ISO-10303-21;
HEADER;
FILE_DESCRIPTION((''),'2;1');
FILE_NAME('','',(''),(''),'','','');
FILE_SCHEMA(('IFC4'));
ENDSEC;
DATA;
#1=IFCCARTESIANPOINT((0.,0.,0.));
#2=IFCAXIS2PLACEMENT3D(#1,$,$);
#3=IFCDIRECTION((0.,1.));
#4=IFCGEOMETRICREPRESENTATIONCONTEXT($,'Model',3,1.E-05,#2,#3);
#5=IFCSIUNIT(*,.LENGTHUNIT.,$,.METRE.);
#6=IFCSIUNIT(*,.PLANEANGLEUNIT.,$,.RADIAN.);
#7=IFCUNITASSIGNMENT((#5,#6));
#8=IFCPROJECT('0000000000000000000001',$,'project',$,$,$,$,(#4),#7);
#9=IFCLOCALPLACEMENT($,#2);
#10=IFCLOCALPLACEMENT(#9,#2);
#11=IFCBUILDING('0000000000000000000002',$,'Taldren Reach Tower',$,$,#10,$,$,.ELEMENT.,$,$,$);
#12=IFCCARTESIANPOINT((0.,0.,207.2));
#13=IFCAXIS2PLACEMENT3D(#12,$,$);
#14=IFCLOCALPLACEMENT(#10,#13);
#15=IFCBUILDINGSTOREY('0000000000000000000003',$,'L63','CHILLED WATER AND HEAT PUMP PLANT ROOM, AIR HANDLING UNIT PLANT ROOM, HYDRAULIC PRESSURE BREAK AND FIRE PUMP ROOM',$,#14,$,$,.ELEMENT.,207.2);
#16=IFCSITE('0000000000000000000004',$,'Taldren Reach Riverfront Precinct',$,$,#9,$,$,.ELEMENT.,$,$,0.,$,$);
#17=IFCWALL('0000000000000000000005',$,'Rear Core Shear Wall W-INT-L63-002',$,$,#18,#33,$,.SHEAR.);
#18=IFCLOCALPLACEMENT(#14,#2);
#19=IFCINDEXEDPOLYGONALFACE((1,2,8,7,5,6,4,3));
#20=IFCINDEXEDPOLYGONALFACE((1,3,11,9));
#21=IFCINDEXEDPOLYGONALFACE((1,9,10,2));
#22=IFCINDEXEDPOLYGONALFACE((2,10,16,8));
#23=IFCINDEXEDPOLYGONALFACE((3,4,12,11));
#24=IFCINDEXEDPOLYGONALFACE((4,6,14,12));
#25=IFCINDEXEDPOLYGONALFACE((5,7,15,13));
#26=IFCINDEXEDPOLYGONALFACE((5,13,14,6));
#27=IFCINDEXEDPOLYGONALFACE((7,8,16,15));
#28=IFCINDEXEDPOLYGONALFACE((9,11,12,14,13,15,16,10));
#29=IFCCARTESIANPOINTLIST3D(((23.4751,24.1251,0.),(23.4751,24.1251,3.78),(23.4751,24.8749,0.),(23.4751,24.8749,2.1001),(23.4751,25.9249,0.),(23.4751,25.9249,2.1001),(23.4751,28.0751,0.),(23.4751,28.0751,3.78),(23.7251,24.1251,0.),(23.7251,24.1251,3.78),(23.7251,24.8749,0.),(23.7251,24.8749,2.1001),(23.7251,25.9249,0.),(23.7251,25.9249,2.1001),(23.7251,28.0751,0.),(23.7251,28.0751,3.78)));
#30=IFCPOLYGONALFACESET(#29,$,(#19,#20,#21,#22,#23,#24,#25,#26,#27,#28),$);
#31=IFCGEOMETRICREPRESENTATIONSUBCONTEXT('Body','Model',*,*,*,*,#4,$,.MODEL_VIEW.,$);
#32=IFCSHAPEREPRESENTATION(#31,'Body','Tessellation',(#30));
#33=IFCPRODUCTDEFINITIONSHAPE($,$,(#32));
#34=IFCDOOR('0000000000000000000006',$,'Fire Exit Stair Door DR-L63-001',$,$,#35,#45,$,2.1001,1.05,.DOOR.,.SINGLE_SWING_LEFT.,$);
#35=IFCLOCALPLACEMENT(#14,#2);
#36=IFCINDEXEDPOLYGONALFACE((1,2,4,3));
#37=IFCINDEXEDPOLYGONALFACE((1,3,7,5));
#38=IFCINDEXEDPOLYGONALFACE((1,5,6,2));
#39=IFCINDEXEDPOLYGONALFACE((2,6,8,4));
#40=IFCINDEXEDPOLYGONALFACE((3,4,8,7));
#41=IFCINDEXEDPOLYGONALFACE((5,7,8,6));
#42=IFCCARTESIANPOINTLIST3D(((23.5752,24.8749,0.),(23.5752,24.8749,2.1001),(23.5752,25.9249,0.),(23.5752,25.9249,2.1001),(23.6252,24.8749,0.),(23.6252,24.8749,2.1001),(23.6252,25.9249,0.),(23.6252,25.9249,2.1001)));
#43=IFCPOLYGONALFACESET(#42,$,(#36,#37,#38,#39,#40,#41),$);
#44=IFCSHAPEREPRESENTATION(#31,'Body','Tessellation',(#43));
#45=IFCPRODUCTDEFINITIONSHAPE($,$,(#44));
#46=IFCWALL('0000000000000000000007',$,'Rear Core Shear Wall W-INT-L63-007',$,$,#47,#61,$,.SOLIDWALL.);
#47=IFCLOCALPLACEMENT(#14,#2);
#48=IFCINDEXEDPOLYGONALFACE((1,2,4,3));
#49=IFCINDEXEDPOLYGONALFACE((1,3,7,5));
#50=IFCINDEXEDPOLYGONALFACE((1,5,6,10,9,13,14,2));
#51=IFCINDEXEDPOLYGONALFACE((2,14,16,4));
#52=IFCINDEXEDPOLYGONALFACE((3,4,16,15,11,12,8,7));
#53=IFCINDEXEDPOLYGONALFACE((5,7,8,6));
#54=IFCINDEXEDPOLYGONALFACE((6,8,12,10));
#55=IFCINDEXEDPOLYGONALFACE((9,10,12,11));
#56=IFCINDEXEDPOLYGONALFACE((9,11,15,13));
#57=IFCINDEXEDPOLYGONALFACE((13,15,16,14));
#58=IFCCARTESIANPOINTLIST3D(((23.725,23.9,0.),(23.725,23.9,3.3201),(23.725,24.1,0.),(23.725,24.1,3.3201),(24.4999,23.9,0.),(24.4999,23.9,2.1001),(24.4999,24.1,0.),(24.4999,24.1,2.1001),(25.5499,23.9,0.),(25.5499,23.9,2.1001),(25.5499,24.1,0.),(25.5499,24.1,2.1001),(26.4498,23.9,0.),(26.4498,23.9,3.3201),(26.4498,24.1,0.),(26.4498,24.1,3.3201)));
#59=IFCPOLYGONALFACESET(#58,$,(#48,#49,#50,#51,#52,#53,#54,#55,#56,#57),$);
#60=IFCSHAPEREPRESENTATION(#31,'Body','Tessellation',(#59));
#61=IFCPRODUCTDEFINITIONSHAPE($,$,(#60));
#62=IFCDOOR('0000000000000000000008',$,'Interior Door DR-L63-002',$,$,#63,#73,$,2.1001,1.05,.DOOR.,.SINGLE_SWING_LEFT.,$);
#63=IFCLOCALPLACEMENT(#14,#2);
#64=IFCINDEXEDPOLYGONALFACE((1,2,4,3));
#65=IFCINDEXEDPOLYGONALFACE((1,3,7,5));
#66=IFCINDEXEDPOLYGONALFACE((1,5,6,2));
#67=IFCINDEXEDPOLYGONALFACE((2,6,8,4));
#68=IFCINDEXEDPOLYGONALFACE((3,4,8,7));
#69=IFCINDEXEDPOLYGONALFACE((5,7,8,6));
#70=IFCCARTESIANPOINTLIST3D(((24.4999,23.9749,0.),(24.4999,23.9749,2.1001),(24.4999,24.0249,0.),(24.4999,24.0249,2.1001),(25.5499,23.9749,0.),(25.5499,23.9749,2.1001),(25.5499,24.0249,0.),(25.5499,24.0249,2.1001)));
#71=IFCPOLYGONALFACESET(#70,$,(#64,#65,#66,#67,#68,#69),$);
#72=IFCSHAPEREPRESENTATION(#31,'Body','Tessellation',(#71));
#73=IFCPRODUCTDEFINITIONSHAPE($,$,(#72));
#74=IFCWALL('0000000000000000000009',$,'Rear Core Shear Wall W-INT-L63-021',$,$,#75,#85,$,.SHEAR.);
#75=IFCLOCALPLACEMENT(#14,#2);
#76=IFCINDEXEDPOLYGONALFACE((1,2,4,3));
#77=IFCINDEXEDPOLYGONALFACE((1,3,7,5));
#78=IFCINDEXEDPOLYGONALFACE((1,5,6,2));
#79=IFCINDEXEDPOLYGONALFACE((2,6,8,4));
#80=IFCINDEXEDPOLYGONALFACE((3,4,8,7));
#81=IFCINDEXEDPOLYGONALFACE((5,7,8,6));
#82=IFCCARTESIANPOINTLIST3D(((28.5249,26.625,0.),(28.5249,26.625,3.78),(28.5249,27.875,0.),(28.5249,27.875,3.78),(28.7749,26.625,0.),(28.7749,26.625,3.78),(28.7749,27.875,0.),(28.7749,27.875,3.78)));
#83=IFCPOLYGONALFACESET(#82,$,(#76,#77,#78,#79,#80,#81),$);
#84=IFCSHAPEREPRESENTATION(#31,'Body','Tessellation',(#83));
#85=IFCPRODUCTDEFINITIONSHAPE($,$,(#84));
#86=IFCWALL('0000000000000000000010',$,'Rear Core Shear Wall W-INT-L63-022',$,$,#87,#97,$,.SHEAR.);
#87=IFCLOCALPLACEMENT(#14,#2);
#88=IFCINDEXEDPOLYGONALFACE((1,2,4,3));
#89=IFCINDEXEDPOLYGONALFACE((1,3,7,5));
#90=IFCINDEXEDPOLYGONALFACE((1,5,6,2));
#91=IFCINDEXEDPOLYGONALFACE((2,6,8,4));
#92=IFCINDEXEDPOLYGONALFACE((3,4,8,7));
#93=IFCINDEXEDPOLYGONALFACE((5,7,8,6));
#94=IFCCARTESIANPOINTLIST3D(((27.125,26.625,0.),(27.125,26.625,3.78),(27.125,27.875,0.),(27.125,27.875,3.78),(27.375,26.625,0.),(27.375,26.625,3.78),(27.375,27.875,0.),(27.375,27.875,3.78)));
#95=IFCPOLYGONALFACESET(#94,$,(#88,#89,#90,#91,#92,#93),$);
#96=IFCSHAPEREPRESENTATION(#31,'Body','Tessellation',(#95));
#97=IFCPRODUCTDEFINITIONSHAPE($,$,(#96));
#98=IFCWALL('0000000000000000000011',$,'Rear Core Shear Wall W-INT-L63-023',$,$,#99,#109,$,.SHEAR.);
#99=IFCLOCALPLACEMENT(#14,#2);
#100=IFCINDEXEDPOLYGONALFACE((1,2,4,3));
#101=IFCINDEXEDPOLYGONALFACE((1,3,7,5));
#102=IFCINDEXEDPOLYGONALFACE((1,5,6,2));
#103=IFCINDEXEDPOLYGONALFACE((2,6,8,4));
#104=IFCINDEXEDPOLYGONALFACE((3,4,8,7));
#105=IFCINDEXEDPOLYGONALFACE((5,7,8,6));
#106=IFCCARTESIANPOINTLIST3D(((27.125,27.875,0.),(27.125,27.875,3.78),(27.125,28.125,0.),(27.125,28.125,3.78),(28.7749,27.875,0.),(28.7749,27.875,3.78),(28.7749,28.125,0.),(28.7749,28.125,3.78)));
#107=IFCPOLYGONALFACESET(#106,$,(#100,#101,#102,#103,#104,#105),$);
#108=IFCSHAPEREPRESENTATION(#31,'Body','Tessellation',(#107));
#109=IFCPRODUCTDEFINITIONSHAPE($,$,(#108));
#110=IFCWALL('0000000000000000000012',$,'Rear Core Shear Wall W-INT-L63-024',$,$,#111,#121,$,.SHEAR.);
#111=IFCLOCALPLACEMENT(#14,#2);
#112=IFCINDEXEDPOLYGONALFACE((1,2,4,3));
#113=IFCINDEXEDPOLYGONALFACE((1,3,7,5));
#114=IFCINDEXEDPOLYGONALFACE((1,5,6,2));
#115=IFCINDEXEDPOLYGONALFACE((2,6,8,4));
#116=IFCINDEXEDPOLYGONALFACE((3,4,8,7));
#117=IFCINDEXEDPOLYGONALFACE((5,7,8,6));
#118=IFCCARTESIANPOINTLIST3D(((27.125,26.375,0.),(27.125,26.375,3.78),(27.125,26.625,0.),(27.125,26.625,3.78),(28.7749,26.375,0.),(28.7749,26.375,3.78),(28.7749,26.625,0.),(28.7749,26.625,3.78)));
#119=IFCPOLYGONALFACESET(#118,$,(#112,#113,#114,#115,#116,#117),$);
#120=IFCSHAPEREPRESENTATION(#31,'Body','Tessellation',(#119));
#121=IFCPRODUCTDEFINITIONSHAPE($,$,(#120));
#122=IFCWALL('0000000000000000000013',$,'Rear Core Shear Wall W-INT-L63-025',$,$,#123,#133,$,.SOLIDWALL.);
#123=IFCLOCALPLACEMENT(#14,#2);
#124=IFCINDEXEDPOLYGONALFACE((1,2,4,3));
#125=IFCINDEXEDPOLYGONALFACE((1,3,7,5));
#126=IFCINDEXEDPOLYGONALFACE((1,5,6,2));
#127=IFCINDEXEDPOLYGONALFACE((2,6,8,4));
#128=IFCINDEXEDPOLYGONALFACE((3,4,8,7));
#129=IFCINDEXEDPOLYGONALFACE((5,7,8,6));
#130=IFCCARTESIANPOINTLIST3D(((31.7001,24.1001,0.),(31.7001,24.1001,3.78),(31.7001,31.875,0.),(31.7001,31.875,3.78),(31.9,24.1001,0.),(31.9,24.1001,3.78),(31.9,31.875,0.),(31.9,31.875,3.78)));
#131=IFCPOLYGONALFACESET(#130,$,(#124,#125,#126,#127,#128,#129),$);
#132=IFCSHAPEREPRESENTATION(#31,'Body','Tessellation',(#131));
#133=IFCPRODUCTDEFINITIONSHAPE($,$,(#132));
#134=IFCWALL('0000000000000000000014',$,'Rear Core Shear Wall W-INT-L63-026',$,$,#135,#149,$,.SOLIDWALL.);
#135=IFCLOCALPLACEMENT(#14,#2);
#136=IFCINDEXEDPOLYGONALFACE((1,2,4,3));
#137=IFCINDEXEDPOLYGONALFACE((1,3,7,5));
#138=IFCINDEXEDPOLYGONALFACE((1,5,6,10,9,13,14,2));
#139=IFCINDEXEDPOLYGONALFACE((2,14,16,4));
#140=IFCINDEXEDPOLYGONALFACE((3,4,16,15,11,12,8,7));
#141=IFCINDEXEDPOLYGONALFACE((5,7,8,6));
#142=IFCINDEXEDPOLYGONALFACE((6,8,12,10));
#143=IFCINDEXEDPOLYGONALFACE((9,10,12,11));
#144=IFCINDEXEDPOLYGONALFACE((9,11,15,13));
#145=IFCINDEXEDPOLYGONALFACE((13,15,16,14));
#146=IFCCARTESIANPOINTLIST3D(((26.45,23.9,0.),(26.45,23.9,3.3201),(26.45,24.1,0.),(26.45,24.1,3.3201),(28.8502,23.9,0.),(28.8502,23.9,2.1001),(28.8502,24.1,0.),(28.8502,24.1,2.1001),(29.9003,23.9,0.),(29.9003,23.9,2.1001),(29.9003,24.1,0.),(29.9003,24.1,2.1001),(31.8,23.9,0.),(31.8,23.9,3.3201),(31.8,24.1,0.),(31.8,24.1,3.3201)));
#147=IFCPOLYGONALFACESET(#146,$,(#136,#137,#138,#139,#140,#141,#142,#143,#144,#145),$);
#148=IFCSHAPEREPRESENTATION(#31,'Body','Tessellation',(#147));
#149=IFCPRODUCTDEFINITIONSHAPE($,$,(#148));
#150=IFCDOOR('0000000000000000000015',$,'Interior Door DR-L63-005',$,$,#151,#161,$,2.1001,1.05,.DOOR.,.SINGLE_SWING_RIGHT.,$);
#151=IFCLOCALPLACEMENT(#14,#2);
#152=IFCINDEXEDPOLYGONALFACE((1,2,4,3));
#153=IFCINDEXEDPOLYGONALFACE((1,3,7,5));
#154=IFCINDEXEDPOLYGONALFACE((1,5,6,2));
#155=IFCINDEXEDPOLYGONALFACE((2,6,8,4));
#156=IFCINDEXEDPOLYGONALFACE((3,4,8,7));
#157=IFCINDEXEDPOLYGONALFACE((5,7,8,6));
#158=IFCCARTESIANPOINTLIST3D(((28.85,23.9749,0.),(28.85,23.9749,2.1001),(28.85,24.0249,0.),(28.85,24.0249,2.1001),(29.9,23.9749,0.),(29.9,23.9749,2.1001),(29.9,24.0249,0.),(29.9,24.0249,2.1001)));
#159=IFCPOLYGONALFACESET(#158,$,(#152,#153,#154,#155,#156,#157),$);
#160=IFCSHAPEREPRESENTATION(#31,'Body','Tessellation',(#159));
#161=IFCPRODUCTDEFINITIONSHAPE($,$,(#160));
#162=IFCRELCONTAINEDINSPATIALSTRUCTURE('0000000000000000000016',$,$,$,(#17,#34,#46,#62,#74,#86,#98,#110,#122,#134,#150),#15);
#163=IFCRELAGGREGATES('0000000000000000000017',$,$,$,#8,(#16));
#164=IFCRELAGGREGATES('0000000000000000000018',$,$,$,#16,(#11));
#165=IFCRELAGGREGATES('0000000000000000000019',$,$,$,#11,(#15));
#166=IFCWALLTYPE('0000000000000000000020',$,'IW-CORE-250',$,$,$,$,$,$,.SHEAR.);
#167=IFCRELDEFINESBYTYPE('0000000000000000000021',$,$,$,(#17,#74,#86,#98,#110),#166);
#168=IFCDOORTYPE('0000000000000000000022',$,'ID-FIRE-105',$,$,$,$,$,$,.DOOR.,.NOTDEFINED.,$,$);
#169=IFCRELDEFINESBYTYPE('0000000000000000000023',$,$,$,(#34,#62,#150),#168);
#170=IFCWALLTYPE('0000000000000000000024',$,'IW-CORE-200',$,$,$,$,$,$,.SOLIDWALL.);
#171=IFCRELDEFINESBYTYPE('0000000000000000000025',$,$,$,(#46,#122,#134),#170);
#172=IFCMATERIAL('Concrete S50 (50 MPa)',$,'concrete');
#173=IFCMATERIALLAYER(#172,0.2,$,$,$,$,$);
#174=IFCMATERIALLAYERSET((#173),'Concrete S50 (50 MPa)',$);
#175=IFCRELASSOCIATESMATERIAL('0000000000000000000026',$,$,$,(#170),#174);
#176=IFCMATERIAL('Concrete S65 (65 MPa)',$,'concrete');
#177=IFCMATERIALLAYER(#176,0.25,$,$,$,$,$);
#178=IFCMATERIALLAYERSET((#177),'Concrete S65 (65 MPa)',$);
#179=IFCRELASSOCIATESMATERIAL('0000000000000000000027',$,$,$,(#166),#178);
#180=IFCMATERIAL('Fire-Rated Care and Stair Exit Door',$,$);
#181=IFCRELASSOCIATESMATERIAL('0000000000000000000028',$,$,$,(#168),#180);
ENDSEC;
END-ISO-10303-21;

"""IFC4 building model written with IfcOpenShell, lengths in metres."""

from ifc_helpers import new_model, si_unit, direction, frame, frame_2d, origin, place, context, subcontext, project, spatial, rectangle, extrude, source, transform, mapped, material, layer, layer_set, type_object, element, fill, save


model = new_model("IFC4")

# Units and contexts
model_context = context("Model", 3, precision=1e-05, world=origin(), true_north=direction((0.0, 1.0)))
body_context = subcontext(model_context, "Body", "Model", "MODEL_VIEW")
ifc_project = project(units=[si_unit("LENGTHUNIT", "METRE"), si_unit("PLANEANGLEUNIT", "RADIAN")], contexts=[model_context])

# Site, building, storey
site_placement = place(None, origin())
site = spatial("IfcSite", under=ifc_project, at=site_placement, Name="Taldren Reach Riverfront Precinct", CompositionType="ELEMENT", RefElevation=0.0)
building_placement = place(site_placement, origin())
building = spatial("IfcBuilding", under=site, at=building_placement, Name="Taldren Reach Tower", CompositionType="ELEMENT")
storey_placement = place(building_placement, frame((0.0, 0.0, 207.2)))
storey = spatial("IfcBuildingStorey", under=building, at=storey_placement, Name="L63", Description="CHILLED WATER AND HEAT PUMP PLANT ROOM, AIR HANDLING UNIT PLANT ROOM, HYDRAULIC PRESSURE BREAK AND FIRE PUMP ROOM", CompositionType="ELEMENT", Elevation=207.2)

# Shared definitions
ifc_material_1 = material(Name="Concrete S50 (50 MPa)", Category="concrete")
ifc_layer_1 = layer(ifc_material_1, 0.2)
ifc_layer_set_1 = layer_set([ifc_layer_1], Name="Concrete S50 (50 MPa)")
wall_type_1 = type_object("IfcWallType", Name="IW-CORE-200", PredefinedType="SOLIDWALL", material=ifc_layer_set_1)
ifc_material_2 = material(Name="Concrete S65 (65 MPa)", Category="concrete")
ifc_layer_2 = layer(ifc_material_2, 0.25)
ifc_layer_set_2 = layer_set([ifc_layer_2], Name="Concrete S65 (65 MPa)")
wall_type_2 = type_object("IfcWallType", Name="IW-CORE-250", PredefinedType="SHEAR", material=ifc_layer_set_2)

# Walls, openings, doors
shared_shape_1 = source(origin(), body_context, "Body", "SweptSolid", [
    extrude(rectangle(XDim=3.95, YDim=0.25, at=frame_2d((1.9751, 0.0))), origin(), (0.0, 0.0, 1.0), 3.78),
])
wall_1_placement = place(storey_placement, frame((23.6001, 24.125, 0.0), z_axis=(0.0, 0.0, 1.0), x_axis=(0.0, 1.0, 0.0)))
wall_1 = element("IfcWall", 1, at=wall_1_placement, inside=storey, type_object=wall_type_2, Name="Rear Core Shear Wall W-INT-L63-002", PredefinedType="SHEAR", context=body_context, shape_type="MappedRepresentation", body=[
    mapped(shared_shape_1, transform((0.0, 0.0, 0.0), scale=1.0)),
])
shared_shape_2 = source(origin(), body_context, "Body", "SweptSolid", [
    extrude(rectangle(XDim=1.05, YDim=2.1001, at=frame_2d((0.5249, 1.05))), frame((0.0, 0.135, 0.0), z_axis=(0.0, -1.0, 0.0), x_axis=(1.0, 0.0, 0.0)), (0.0, 0.0, 1.0), 0.27),
])
opening_1_placement = place(wall_1_placement, frame((0.75, 0.0, 0.0)))
opening_1 = element("IfcOpeningElement", 2, at=opening_1_placement, cuts=wall_1, PredefinedType="OPENING", context=body_context, shape_type="MappedRepresentation", body=[
    mapped(shared_shape_2, transform((0.0, 0.0, 0.0), scale=1.0)),
])
ifc_material_3 = material(Name="Fire-Rated Care and Stair Exit Door")
door_type_1 = type_object("IfcDoorType", Name="ID-FIRE-105", OperationType="NOTDEFINED", PredefinedType="DOOR", material=ifc_material_3)
shared_shape_3 = source(origin(), body_context, "Body", "SweptSolid", [
    extrude(rectangle(XDim=1.05, YDim=2.1001, at=frame_2d((0.5249, 1.05))), frame((0.0, 0.0249, 0.0), z_axis=(0.0, -1.0, 0.0), x_axis=(1.0, 0.0, 0.0)), (0.0, 0.0, 1.0), 0.05),
])
door_1_placement = place(opening_1_placement, origin())
door_1 = element("IfcDoor", 3, at=door_1_placement, inside=storey, type_object=door_type_1, Name="Fire Exit Stair Door DR-L63-001", OperationType="SINGLE_SWING_LEFT", OverallHeight=2.1001, OverallWidth=1.05, PredefinedType="DOOR", context=body_context, shape_type="MappedRepresentation", body=[
    mapped(shared_shape_3, transform((0.0, 0.0, 0.0), scale=1.0)),
])
fill(opening_1, door_1)
shared_shape_4 = source(origin(), body_context, "Body", "SweptSolid", [
    extrude(rectangle(XDim=2.7249, YDim=0.2, at=frame_2d((1.3623, 0.0))), origin(), (0.0, 0.0, 1.0), 3.3201),
])
wall_2_placement = place(storey_placement, frame((23.7251, 24.0, 0.0), z_axis=(0.0, 0.0, 1.0), x_axis=(1.0, 0.0, 0.0)))
wall_2 = element("IfcWall", 4, at=wall_2_placement, inside=storey, type_object=wall_type_1, Name="Rear Core Shear Wall W-INT-L63-007", PredefinedType="SOLIDWALL", context=body_context, shape_type="MappedRepresentation", body=[
    mapped(shared_shape_4, transform((0.0, 0.0, 0.0), scale=1.0)),
])
shared_shape_5 = source(origin(), body_context, "Body", "SweptSolid", [
    extrude(rectangle(XDim=1.05, YDim=2.1001, at=frame_2d((0.5249, 1.05))), frame((0.0, 0.1099, 0.0), z_axis=(0.0, -1.0, 0.0), x_axis=(1.0, 0.0, 0.0)), (0.0, 0.0, 1.0), 0.22),
])
opening_2_placement = place(wall_2_placement, frame((0.7749, 0.0, 0.0)))
opening_2 = element("IfcOpeningElement", 5, at=opening_2_placement, cuts=wall_2, PredefinedType="OPENING", context=body_context, shape_type="MappedRepresentation", body=[
    mapped(shared_shape_5, transform((0.0, 0.0, 0.0), scale=1.0)),
])
door_2_placement = place(opening_2_placement, origin())
door_2 = element("IfcDoor", 6, at=door_2_placement, inside=storey, type_object=door_type_1, Name="Interior Door DR-L63-002", OperationType="SINGLE_SWING_LEFT", OverallHeight=2.1001, OverallWidth=1.05, PredefinedType="DOOR", context=body_context, shape_type="MappedRepresentation", body=[
    mapped(shared_shape_3, transform((0.0, 0.0, 0.0), scale=1.0)),
])
fill(opening_2, door_2)

# Walls
shared_shape_6 = source(origin(), body_context, "Body", "SweptSolid", [
    extrude(rectangle(XDim=1.25, YDim=0.25, at=frame_2d((0.625, 0.0))), origin(), (0.0, 0.0, 1.0), 3.78),
])
for number, where, z_axis, x_axis, name in (
    (7, (28.6499, 26.625, 0.0), (0.0, 0.0, 1.0), (0.0, 1.0, 0.0), "Rear Core Shear Wall W-INT-L63-021"),
    (8, (27.25, 27.875, 0.0), (0.0, 0.0, 1.0), (0.0, -1.0, 0.0), "Rear Core Shear Wall W-INT-L63-022"),
):
    element("IfcWall", number, at=place(storey_placement, frame(where, z_axis=z_axis, x_axis=x_axis)), inside=storey, type_object=wall_type_2, Name=name, PredefinedType="SHEAR", context=body_context, shape_type="MappedRepresentation", body=[
        mapped(shared_shape_6, transform((0.0, 0.0, 0.0), scale=1.0)),
    ])
shared_shape_7 = source(origin(), body_context, "Body", "SweptSolid", [
    extrude(rectangle(XDim=1.6499, YDim=0.25, at=frame_2d((0.825, 0.0))), origin(), (0.0, 0.0, 1.0), 3.78),
])
for number, where, z_axis, x_axis, name in (
    (9, (28.7749, 28.0, 0.0), (0.0, 0.0, 1.0), (-1.0, 0.0, 0.0), "Rear Core Shear Wall W-INT-L63-023"),
    (10, (27.125, 26.5, 0.0), (0.0, 0.0, 1.0), (1.0, 0.0, 0.0), "Rear Core Shear Wall W-INT-L63-024"),
):
    element("IfcWall", number, at=place(storey_placement, frame(where, z_axis=z_axis, x_axis=x_axis)), inside=storey, type_object=wall_type_2, Name=name, PredefinedType="SHEAR", context=body_context, shape_type="MappedRepresentation", body=[
        mapped(shared_shape_7, transform((0.0, 0.0, 0.0), scale=1.0)),
    ])
shared_shape_8 = source(origin(), body_context, "Body", "SweptSolid", [
    extrude(rectangle(XDim=7.7749, YDim=0.2, at=frame_2d((3.8875, 0.0))), origin(), (0.0, 0.0, 1.0), 3.78),
])
wall_3_placement = place(storey_placement, frame((31.8, 31.875, 0.0), z_axis=(0.0, 0.0, 1.0), x_axis=(0.0, -1.0, 0.0)))
element("IfcWall", 11, at=wall_3_placement, inside=storey, type_object=wall_type_1, Name="Rear Core Shear Wall W-INT-L63-025", PredefinedType="SOLIDWALL", context=body_context, shape_type="MappedRepresentation", body=[
    mapped(shared_shape_8, transform((0.0, 0.0, 0.0), scale=1.0)),
])

# Wall, opening, door
shared_shape_9 = source(origin(), body_context, "Body", "SweptSolid", [
    extrude(rectangle(XDim=5.3501, YDim=0.2, at=frame_2d((2.675, 0.0))), origin(), (0.0, 0.0, 1.0), 3.3201),
])
wall_4_placement = place(storey_placement, frame((31.8, 24.0, 0.0), z_axis=(0.0, 0.0, 1.0), x_axis=(-1.0, 0.0, 0.0)))
wall_4 = element("IfcWall", 12, at=wall_4_placement, inside=storey, type_object=wall_type_1, Name="Rear Core Shear Wall W-INT-L63-026", PredefinedType="SOLIDWALL", context=body_context, shape_type="MappedRepresentation", body=[
    mapped(shared_shape_9, transform((0.0, 0.0, 0.0), scale=1.0)),
])
opening_3_placement = place(wall_4_placement, frame((1.8999, 0.0, 0.0)))
opening_3 = element("IfcOpeningElement", 13, at=opening_3_placement, cuts=wall_4, PredefinedType="OPENING", context=body_context, shape_type="MappedRepresentation", body=[
    mapped(shared_shape_5, transform((0.0, 0.0, 0.0), scale=1.0)),
])
door_3_placement = place(opening_3_placement, frame((1.05, 0.0, 0.0), z_axis=(0.0, 0.0, 1.0), x_axis=(-1.0, 0.0, 0.0)))
door_3 = element("IfcDoor", 14, at=door_3_placement, inside=storey, type_object=door_type_1, Name="Interior Door DR-L63-005", OperationType="SINGLE_SWING_RIGHT", OverallHeight=2.1001, OverallWidth=1.05, PredefinedType="DOOR", context=body_context, shape_type="MappedRepresentation", body=[
    mapped(shared_shape_3, transform((0.0, 0.0, 0.0), scale=1.0)),
])
fill(opening_3, door_3)

save(model, "model.ifc")
